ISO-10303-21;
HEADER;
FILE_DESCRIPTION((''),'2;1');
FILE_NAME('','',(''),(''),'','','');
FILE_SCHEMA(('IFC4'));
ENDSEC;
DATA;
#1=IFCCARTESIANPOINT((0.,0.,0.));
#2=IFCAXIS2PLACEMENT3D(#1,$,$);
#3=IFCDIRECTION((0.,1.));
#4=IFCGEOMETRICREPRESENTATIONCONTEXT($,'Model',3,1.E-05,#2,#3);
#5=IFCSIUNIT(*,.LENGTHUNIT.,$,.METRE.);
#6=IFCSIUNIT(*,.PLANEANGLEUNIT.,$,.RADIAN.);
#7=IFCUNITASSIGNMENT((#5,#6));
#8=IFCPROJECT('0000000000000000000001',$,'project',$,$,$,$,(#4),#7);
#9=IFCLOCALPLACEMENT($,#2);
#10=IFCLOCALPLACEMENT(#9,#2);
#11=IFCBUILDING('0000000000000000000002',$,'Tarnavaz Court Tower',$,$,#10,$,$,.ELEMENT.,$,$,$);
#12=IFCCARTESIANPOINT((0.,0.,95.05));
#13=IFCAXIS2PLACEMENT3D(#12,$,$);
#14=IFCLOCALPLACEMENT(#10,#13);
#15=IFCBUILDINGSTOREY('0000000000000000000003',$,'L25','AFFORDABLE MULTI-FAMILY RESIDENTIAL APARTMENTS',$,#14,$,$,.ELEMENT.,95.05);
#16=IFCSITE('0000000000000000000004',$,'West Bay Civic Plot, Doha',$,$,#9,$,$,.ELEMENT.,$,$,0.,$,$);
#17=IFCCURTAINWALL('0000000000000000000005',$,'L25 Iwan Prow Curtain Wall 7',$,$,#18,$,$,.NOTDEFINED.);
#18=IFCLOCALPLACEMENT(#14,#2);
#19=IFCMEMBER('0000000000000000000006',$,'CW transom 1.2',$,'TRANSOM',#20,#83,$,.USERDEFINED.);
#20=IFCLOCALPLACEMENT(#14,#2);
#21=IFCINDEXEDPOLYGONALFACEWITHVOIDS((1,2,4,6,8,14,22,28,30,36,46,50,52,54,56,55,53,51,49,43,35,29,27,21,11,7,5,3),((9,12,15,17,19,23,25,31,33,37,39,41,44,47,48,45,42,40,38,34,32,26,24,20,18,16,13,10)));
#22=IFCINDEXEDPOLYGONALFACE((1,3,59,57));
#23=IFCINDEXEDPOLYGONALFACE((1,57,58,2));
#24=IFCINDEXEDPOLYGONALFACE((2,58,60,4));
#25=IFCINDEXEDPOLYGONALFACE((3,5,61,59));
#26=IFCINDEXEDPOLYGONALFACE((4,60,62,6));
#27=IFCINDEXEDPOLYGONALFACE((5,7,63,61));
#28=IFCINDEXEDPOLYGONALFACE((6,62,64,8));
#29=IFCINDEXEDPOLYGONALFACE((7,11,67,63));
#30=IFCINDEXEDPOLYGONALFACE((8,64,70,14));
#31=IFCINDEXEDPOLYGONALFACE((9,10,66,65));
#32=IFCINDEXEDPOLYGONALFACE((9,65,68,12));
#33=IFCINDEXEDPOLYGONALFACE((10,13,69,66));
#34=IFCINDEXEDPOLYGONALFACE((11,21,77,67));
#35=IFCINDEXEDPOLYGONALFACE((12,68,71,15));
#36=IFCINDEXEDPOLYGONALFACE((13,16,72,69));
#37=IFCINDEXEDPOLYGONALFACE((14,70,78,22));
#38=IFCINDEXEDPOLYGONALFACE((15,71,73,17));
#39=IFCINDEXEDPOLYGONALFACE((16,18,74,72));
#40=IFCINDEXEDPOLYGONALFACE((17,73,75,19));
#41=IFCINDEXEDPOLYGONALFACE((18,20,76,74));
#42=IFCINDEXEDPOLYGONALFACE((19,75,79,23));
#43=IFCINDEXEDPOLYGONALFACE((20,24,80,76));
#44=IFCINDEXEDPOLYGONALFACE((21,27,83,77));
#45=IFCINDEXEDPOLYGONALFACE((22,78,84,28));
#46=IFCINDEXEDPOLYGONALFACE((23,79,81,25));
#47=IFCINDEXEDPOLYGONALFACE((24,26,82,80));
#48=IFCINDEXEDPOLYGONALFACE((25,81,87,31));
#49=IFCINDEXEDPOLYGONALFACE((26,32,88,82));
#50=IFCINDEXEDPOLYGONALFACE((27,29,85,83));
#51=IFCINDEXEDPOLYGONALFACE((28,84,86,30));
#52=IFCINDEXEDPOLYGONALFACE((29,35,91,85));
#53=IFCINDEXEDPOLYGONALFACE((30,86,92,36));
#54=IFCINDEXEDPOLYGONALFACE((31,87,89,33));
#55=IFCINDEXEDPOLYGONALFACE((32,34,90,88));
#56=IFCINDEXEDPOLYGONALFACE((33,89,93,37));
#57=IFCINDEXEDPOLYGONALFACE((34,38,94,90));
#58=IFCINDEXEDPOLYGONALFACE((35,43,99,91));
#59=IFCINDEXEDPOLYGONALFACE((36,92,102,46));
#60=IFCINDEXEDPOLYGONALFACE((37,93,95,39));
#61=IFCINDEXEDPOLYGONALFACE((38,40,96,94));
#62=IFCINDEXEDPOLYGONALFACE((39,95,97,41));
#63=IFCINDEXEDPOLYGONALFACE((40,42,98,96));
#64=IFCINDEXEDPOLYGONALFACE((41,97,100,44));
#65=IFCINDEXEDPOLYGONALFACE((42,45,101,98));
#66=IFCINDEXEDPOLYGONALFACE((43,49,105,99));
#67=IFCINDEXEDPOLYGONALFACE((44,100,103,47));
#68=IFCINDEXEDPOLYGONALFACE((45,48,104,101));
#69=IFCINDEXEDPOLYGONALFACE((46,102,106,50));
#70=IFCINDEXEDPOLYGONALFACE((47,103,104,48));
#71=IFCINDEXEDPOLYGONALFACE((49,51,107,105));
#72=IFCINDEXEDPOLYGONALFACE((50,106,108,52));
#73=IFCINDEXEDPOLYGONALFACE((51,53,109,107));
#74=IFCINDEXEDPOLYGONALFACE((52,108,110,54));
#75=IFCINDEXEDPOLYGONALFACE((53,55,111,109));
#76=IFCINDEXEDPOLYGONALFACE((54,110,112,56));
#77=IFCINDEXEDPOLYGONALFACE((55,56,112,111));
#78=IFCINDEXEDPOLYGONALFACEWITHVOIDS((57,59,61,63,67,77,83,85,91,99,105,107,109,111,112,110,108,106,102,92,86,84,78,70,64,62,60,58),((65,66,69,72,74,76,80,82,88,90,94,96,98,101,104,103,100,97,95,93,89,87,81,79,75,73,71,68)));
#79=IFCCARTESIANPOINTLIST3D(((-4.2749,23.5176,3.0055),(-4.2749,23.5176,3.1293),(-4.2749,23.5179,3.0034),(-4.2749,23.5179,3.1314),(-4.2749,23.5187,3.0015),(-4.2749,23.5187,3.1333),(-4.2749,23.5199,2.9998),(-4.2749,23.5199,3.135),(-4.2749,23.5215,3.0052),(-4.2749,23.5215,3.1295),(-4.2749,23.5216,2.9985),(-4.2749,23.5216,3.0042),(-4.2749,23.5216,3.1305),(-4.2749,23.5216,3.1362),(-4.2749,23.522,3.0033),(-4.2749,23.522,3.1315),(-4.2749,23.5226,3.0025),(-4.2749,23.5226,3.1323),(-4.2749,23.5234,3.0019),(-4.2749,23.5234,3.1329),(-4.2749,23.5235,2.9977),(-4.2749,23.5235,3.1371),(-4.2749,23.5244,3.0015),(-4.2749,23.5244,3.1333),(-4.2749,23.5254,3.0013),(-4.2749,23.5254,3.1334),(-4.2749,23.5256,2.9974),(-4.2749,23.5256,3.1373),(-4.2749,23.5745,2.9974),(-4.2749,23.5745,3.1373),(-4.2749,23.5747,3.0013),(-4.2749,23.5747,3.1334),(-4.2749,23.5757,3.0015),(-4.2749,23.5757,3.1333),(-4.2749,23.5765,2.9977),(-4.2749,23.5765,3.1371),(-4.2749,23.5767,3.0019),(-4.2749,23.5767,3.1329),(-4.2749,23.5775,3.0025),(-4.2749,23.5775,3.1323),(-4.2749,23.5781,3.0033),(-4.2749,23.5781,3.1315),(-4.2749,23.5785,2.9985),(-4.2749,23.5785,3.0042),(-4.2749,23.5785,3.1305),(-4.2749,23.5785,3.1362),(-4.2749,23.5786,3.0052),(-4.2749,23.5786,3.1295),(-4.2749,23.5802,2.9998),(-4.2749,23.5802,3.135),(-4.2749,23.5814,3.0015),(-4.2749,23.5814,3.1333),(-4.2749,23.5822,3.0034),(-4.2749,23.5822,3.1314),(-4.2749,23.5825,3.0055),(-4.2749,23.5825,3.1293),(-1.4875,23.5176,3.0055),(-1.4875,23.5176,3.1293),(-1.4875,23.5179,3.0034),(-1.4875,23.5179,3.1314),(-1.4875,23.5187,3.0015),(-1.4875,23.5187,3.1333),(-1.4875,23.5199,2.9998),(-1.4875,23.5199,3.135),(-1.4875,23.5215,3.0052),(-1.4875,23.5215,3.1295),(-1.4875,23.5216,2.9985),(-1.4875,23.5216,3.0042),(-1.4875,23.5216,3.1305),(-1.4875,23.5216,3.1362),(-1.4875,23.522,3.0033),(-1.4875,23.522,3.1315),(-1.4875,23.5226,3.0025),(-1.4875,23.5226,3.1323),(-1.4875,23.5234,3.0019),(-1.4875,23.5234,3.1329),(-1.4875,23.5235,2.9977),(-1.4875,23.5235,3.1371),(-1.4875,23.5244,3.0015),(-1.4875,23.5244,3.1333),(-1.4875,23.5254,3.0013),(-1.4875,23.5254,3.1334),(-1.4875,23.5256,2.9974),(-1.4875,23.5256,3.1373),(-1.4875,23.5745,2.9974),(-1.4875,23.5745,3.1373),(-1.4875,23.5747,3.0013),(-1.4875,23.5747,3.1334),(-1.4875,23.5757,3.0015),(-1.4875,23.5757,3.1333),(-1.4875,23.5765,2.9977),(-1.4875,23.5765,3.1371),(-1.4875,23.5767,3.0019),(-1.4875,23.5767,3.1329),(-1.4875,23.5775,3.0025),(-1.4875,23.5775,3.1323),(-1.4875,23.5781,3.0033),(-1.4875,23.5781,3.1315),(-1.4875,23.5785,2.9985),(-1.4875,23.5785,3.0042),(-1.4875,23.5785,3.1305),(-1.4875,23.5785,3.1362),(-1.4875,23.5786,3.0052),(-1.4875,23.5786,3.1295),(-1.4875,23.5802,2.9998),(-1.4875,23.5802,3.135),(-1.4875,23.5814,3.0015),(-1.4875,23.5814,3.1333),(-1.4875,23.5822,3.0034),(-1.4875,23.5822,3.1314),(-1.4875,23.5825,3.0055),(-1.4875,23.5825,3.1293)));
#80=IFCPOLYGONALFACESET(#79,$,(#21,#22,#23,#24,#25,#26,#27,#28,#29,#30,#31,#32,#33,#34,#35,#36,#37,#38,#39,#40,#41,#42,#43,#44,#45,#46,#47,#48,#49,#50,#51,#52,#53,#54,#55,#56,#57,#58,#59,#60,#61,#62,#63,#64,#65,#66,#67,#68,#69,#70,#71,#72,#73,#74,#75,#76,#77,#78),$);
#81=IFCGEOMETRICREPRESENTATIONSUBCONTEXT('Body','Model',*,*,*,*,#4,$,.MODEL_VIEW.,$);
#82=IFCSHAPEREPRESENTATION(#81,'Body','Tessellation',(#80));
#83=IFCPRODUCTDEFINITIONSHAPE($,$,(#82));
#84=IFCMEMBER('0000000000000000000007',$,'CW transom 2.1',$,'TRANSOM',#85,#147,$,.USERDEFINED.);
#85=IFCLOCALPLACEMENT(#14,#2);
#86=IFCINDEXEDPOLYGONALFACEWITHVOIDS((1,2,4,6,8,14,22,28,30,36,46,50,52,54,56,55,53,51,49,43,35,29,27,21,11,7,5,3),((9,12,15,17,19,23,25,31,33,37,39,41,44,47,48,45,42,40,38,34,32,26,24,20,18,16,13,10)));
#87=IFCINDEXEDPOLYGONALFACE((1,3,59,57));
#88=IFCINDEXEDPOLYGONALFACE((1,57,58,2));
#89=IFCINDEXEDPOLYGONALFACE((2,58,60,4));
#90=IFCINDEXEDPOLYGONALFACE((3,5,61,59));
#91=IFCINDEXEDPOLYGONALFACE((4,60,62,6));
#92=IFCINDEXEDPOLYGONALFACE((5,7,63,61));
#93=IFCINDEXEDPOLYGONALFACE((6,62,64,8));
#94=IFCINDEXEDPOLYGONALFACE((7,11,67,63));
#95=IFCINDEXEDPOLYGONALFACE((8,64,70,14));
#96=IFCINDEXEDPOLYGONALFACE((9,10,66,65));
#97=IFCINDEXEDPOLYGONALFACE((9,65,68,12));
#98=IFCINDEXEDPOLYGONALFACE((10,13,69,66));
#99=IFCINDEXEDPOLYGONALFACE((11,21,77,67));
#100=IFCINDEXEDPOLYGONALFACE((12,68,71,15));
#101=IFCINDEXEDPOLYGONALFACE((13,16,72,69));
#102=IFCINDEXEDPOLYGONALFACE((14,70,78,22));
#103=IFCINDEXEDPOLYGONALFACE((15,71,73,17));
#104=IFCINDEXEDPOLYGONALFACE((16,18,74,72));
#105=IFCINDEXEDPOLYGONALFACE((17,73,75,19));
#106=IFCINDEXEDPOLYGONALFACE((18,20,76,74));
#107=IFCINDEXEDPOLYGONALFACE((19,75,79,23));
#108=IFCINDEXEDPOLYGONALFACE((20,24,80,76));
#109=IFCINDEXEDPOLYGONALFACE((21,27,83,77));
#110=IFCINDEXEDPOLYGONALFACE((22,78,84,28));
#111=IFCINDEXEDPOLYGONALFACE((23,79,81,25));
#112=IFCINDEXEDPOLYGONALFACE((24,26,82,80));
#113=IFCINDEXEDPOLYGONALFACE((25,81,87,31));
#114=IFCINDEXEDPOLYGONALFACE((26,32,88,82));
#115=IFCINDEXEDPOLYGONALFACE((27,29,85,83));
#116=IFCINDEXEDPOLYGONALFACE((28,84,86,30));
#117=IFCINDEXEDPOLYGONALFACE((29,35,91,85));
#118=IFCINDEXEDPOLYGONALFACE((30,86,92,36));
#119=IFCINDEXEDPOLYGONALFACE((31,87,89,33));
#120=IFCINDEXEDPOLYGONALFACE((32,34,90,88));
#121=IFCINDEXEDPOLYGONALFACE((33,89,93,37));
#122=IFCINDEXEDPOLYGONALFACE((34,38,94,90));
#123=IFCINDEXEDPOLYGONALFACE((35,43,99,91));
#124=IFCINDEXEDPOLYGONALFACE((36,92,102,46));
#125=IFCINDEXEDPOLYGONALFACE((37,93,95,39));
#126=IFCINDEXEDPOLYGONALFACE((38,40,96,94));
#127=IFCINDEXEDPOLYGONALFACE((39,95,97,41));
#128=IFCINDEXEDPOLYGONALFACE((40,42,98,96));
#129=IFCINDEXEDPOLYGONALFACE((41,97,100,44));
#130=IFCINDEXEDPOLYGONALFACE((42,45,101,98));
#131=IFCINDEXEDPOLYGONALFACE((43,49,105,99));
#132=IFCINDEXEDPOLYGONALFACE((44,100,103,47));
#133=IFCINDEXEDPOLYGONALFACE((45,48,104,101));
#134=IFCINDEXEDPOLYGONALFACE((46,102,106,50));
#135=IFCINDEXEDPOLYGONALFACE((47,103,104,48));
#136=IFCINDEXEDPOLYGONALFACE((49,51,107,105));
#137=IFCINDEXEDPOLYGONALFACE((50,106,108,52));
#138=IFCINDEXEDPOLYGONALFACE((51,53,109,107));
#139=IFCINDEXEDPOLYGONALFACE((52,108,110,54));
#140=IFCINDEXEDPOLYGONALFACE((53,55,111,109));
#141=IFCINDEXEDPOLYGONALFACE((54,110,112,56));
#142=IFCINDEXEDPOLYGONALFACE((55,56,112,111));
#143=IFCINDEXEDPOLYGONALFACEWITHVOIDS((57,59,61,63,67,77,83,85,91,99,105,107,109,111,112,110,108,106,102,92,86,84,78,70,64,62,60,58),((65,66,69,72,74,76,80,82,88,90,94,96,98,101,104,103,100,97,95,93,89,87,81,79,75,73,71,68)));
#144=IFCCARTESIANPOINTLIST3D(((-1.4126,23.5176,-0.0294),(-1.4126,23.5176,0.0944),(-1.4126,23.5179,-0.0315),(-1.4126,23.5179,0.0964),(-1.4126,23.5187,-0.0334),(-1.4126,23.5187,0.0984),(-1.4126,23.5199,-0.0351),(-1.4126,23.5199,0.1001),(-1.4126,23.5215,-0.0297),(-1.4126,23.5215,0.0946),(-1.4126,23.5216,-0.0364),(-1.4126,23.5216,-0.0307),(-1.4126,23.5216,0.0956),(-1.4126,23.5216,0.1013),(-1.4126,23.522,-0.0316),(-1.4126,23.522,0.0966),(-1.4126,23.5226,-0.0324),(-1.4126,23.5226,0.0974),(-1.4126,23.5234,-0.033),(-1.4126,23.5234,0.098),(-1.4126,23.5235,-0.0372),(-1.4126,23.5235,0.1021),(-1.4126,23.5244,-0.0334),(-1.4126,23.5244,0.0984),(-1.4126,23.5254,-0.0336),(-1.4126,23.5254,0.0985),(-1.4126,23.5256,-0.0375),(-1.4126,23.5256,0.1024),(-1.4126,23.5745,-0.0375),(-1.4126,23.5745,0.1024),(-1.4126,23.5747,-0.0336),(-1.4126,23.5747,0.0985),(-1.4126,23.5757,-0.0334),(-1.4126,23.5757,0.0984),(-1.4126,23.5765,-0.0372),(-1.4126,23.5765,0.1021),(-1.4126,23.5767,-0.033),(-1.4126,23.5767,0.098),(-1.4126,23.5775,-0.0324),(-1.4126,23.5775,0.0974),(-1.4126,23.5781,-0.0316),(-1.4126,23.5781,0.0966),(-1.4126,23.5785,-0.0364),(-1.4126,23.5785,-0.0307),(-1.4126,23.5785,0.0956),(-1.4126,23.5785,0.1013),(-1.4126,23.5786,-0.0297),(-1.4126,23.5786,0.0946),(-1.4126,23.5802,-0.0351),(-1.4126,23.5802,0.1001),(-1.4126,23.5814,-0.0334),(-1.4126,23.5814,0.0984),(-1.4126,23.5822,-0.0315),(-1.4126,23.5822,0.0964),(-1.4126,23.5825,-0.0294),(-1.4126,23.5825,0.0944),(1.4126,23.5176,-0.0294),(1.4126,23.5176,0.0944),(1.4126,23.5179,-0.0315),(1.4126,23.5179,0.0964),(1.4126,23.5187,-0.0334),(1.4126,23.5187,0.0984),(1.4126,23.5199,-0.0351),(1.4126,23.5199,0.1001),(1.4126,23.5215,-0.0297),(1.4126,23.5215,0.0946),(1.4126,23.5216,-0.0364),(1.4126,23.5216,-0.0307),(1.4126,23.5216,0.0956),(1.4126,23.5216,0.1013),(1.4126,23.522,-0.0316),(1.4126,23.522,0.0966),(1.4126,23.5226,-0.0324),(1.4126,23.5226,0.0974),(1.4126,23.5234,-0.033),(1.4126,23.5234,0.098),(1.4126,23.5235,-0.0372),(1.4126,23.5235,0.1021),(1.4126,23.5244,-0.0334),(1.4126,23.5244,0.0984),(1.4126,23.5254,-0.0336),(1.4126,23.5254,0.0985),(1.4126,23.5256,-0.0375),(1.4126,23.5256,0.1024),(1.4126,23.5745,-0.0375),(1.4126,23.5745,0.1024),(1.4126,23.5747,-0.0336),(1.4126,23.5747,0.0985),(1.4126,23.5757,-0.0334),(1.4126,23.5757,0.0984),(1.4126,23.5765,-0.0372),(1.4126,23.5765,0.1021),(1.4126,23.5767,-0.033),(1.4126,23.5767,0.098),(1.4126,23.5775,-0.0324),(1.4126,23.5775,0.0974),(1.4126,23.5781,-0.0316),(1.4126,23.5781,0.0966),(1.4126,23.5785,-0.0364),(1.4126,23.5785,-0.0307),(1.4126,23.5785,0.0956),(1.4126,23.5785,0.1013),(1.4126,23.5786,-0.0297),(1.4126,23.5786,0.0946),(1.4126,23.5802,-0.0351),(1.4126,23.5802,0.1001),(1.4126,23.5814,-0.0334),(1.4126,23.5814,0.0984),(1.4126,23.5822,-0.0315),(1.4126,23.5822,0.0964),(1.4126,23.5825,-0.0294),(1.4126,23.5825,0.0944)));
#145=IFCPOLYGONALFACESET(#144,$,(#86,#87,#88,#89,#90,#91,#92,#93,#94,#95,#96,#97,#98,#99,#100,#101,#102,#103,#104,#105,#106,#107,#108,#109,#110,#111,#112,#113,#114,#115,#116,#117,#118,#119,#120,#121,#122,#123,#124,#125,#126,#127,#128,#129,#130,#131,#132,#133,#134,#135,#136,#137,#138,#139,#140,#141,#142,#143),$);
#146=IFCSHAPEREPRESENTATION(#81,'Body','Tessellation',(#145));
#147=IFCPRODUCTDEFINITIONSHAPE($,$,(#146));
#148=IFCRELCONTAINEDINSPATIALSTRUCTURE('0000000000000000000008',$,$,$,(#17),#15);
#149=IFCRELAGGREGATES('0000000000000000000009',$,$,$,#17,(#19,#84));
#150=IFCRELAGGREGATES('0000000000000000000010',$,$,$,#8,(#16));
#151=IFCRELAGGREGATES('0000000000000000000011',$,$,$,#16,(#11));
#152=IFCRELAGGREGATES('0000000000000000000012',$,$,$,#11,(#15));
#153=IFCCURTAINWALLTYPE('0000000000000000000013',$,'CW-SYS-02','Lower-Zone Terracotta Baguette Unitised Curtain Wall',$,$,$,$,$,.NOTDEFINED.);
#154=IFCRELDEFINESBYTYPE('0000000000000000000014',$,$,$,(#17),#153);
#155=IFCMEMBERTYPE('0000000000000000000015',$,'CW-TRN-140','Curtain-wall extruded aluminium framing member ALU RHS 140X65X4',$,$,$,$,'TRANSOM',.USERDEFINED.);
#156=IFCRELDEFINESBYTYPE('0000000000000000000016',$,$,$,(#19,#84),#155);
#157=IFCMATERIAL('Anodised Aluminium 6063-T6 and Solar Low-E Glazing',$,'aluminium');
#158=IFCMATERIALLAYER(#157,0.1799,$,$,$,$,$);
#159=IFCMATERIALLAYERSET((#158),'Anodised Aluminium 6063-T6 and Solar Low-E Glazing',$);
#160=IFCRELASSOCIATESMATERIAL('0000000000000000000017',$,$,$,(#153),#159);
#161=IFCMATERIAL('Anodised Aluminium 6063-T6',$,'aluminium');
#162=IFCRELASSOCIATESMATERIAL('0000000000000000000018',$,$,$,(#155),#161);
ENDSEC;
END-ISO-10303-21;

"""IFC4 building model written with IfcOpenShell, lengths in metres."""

from ifc_helpers import new_model, si_unit, direction, frame, origin, origin_2d, place, context, subcontext, project, spatial, hollow_rectangle, extrude, material, layer, layer_set, material_profile, profile_set, type_object, element, aggregate, save


model = new_model("IFC4")

# Units and contexts
model_context = context("Model", 3, precision=1e-05, world=origin(), true_north=direction((0.0, 1.0)))
body_context = subcontext(model_context, "Body", "Model", "MODEL_VIEW")
ifc_project = project(units=[si_unit("LENGTHUNIT", "METRE"), si_unit("PLANEANGLEUNIT", "RADIAN")], contexts=[model_context])

# Site, building, storey
site_placement = place(None, origin())
site = spatial("IfcSite", under=ifc_project, at=site_placement, Name="West Bay Civic Plot, Doha", CompositionType="ELEMENT", RefElevation=0.0)
building_placement = place(site_placement, origin())
building = spatial("IfcBuilding", under=site, at=building_placement, Name="Tarnavaz Court Tower", CompositionType="ELEMENT")
storey_placement = place(building_placement, frame((0.0, 0.0, 95.05)))
storey = spatial("IfcBuildingStorey", under=building, at=storey_placement, Name="L25", Description="AFFORDABLE MULTI-FAMILY RESIDENTIAL APARTMENTS", CompositionType="ELEMENT", Elevation=95.05)

# Curtain wall, members
ifc_material_1 = material(Name="Anodised Aluminium 6063-T6 and Solar Low-E Glazing", Category="aluminium")
ifc_layer_1 = layer(ifc_material_1, 0.1799)
ifc_layer_set_1 = layer_set([ifc_layer_1], Name="Anodised Aluminium 6063-T6 and Solar Low-E Glazing")
curtain_wall_type = type_object("IfcCurtainWallType", Name="CW-SYS-02", Description="Lower-Zone Terracotta Baguette Unitised Curtain Wall", PredefinedType="NOTDEFINED", material=ifc_layer_set_1)
curtain_wall_placement = place(storey_placement, origin())
curtain_wall = element("IfcCurtainWall", 1, at=curtain_wall_placement, inside=storey, type_object=curtain_wall_type, Name="L25 Iwan Prow Curtain Wall 7", PredefinedType="NOTDEFINED")
ifc_material_2 = material(Name="Anodised Aluminium 6063-T6", Category="aluminium")
ifc_material_profile_1 = material_profile(ifc_material_2, hollow_rectangle(XDim=0.0649, YDim=0.1399, WallThickness=0.0039, InnerFilletRadius=0.0039, OuterFilletRadius=0.0081, at=origin_2d()), Name="ALU RHS 140X65X4")
ifc_profile_set_1 = profile_set([ifc_material_profile_1], Name="Anodised Aluminium 6063-T6")
member_type_1 = type_object("IfcMemberType", Name="CW-TRN-140", Description="Curtain-wall extruded aluminium framing member ALU RHS 140X65X4", ElementType="TRANSOM", PredefinedType="USERDEFINED", material=ifc_profile_set_1)
member_1_placement = place(storey_placement, frame((-4.2749, 23.55, 3.0674), z_axis=(1.0, 0.0, 0.0), x_axis=(0.0, 1.0, 0.0)))
member_1 = element("IfcMember", 2, at=member_1_placement, type_object=member_type_1, Name="CW transom 1.2", ObjectType="TRANSOM", PredefinedType="USERDEFINED", context=body_context, shape_type="SweptSolid", body=[
    extrude(hollow_rectangle(XDim=0.0649, YDim=0.1399, WallThickness=0.0039, InnerFilletRadius=0.0039, OuterFilletRadius=0.0081, at=origin_2d()), origin(), (0.0, 0.0, 1.0), 2.7874),
])
member_2_placement = place(storey_placement, frame((-1.4126, 23.55, 0.0325), z_axis=(1.0, 0.0, 0.0), x_axis=(0.0, 1.0, 0.0)))
member_2 = element("IfcMember", 3, at=member_2_placement, type_object=member_type_1, Name="CW transom 2.1", ObjectType="TRANSOM", PredefinedType="USERDEFINED", context=body_context, shape_type="SweptSolid", body=[
    extrude(hollow_rectangle(XDim=0.0649, YDim=0.1399, WallThickness=0.0039, InnerFilletRadius=0.0039, OuterFilletRadius=0.0081, at=origin_2d()), origin(), (0.0, 0.0, 1.0), 2.8252),
])
aggregate(curtain_wall, [member_1, member_2])

save(model, "model.ifc")
